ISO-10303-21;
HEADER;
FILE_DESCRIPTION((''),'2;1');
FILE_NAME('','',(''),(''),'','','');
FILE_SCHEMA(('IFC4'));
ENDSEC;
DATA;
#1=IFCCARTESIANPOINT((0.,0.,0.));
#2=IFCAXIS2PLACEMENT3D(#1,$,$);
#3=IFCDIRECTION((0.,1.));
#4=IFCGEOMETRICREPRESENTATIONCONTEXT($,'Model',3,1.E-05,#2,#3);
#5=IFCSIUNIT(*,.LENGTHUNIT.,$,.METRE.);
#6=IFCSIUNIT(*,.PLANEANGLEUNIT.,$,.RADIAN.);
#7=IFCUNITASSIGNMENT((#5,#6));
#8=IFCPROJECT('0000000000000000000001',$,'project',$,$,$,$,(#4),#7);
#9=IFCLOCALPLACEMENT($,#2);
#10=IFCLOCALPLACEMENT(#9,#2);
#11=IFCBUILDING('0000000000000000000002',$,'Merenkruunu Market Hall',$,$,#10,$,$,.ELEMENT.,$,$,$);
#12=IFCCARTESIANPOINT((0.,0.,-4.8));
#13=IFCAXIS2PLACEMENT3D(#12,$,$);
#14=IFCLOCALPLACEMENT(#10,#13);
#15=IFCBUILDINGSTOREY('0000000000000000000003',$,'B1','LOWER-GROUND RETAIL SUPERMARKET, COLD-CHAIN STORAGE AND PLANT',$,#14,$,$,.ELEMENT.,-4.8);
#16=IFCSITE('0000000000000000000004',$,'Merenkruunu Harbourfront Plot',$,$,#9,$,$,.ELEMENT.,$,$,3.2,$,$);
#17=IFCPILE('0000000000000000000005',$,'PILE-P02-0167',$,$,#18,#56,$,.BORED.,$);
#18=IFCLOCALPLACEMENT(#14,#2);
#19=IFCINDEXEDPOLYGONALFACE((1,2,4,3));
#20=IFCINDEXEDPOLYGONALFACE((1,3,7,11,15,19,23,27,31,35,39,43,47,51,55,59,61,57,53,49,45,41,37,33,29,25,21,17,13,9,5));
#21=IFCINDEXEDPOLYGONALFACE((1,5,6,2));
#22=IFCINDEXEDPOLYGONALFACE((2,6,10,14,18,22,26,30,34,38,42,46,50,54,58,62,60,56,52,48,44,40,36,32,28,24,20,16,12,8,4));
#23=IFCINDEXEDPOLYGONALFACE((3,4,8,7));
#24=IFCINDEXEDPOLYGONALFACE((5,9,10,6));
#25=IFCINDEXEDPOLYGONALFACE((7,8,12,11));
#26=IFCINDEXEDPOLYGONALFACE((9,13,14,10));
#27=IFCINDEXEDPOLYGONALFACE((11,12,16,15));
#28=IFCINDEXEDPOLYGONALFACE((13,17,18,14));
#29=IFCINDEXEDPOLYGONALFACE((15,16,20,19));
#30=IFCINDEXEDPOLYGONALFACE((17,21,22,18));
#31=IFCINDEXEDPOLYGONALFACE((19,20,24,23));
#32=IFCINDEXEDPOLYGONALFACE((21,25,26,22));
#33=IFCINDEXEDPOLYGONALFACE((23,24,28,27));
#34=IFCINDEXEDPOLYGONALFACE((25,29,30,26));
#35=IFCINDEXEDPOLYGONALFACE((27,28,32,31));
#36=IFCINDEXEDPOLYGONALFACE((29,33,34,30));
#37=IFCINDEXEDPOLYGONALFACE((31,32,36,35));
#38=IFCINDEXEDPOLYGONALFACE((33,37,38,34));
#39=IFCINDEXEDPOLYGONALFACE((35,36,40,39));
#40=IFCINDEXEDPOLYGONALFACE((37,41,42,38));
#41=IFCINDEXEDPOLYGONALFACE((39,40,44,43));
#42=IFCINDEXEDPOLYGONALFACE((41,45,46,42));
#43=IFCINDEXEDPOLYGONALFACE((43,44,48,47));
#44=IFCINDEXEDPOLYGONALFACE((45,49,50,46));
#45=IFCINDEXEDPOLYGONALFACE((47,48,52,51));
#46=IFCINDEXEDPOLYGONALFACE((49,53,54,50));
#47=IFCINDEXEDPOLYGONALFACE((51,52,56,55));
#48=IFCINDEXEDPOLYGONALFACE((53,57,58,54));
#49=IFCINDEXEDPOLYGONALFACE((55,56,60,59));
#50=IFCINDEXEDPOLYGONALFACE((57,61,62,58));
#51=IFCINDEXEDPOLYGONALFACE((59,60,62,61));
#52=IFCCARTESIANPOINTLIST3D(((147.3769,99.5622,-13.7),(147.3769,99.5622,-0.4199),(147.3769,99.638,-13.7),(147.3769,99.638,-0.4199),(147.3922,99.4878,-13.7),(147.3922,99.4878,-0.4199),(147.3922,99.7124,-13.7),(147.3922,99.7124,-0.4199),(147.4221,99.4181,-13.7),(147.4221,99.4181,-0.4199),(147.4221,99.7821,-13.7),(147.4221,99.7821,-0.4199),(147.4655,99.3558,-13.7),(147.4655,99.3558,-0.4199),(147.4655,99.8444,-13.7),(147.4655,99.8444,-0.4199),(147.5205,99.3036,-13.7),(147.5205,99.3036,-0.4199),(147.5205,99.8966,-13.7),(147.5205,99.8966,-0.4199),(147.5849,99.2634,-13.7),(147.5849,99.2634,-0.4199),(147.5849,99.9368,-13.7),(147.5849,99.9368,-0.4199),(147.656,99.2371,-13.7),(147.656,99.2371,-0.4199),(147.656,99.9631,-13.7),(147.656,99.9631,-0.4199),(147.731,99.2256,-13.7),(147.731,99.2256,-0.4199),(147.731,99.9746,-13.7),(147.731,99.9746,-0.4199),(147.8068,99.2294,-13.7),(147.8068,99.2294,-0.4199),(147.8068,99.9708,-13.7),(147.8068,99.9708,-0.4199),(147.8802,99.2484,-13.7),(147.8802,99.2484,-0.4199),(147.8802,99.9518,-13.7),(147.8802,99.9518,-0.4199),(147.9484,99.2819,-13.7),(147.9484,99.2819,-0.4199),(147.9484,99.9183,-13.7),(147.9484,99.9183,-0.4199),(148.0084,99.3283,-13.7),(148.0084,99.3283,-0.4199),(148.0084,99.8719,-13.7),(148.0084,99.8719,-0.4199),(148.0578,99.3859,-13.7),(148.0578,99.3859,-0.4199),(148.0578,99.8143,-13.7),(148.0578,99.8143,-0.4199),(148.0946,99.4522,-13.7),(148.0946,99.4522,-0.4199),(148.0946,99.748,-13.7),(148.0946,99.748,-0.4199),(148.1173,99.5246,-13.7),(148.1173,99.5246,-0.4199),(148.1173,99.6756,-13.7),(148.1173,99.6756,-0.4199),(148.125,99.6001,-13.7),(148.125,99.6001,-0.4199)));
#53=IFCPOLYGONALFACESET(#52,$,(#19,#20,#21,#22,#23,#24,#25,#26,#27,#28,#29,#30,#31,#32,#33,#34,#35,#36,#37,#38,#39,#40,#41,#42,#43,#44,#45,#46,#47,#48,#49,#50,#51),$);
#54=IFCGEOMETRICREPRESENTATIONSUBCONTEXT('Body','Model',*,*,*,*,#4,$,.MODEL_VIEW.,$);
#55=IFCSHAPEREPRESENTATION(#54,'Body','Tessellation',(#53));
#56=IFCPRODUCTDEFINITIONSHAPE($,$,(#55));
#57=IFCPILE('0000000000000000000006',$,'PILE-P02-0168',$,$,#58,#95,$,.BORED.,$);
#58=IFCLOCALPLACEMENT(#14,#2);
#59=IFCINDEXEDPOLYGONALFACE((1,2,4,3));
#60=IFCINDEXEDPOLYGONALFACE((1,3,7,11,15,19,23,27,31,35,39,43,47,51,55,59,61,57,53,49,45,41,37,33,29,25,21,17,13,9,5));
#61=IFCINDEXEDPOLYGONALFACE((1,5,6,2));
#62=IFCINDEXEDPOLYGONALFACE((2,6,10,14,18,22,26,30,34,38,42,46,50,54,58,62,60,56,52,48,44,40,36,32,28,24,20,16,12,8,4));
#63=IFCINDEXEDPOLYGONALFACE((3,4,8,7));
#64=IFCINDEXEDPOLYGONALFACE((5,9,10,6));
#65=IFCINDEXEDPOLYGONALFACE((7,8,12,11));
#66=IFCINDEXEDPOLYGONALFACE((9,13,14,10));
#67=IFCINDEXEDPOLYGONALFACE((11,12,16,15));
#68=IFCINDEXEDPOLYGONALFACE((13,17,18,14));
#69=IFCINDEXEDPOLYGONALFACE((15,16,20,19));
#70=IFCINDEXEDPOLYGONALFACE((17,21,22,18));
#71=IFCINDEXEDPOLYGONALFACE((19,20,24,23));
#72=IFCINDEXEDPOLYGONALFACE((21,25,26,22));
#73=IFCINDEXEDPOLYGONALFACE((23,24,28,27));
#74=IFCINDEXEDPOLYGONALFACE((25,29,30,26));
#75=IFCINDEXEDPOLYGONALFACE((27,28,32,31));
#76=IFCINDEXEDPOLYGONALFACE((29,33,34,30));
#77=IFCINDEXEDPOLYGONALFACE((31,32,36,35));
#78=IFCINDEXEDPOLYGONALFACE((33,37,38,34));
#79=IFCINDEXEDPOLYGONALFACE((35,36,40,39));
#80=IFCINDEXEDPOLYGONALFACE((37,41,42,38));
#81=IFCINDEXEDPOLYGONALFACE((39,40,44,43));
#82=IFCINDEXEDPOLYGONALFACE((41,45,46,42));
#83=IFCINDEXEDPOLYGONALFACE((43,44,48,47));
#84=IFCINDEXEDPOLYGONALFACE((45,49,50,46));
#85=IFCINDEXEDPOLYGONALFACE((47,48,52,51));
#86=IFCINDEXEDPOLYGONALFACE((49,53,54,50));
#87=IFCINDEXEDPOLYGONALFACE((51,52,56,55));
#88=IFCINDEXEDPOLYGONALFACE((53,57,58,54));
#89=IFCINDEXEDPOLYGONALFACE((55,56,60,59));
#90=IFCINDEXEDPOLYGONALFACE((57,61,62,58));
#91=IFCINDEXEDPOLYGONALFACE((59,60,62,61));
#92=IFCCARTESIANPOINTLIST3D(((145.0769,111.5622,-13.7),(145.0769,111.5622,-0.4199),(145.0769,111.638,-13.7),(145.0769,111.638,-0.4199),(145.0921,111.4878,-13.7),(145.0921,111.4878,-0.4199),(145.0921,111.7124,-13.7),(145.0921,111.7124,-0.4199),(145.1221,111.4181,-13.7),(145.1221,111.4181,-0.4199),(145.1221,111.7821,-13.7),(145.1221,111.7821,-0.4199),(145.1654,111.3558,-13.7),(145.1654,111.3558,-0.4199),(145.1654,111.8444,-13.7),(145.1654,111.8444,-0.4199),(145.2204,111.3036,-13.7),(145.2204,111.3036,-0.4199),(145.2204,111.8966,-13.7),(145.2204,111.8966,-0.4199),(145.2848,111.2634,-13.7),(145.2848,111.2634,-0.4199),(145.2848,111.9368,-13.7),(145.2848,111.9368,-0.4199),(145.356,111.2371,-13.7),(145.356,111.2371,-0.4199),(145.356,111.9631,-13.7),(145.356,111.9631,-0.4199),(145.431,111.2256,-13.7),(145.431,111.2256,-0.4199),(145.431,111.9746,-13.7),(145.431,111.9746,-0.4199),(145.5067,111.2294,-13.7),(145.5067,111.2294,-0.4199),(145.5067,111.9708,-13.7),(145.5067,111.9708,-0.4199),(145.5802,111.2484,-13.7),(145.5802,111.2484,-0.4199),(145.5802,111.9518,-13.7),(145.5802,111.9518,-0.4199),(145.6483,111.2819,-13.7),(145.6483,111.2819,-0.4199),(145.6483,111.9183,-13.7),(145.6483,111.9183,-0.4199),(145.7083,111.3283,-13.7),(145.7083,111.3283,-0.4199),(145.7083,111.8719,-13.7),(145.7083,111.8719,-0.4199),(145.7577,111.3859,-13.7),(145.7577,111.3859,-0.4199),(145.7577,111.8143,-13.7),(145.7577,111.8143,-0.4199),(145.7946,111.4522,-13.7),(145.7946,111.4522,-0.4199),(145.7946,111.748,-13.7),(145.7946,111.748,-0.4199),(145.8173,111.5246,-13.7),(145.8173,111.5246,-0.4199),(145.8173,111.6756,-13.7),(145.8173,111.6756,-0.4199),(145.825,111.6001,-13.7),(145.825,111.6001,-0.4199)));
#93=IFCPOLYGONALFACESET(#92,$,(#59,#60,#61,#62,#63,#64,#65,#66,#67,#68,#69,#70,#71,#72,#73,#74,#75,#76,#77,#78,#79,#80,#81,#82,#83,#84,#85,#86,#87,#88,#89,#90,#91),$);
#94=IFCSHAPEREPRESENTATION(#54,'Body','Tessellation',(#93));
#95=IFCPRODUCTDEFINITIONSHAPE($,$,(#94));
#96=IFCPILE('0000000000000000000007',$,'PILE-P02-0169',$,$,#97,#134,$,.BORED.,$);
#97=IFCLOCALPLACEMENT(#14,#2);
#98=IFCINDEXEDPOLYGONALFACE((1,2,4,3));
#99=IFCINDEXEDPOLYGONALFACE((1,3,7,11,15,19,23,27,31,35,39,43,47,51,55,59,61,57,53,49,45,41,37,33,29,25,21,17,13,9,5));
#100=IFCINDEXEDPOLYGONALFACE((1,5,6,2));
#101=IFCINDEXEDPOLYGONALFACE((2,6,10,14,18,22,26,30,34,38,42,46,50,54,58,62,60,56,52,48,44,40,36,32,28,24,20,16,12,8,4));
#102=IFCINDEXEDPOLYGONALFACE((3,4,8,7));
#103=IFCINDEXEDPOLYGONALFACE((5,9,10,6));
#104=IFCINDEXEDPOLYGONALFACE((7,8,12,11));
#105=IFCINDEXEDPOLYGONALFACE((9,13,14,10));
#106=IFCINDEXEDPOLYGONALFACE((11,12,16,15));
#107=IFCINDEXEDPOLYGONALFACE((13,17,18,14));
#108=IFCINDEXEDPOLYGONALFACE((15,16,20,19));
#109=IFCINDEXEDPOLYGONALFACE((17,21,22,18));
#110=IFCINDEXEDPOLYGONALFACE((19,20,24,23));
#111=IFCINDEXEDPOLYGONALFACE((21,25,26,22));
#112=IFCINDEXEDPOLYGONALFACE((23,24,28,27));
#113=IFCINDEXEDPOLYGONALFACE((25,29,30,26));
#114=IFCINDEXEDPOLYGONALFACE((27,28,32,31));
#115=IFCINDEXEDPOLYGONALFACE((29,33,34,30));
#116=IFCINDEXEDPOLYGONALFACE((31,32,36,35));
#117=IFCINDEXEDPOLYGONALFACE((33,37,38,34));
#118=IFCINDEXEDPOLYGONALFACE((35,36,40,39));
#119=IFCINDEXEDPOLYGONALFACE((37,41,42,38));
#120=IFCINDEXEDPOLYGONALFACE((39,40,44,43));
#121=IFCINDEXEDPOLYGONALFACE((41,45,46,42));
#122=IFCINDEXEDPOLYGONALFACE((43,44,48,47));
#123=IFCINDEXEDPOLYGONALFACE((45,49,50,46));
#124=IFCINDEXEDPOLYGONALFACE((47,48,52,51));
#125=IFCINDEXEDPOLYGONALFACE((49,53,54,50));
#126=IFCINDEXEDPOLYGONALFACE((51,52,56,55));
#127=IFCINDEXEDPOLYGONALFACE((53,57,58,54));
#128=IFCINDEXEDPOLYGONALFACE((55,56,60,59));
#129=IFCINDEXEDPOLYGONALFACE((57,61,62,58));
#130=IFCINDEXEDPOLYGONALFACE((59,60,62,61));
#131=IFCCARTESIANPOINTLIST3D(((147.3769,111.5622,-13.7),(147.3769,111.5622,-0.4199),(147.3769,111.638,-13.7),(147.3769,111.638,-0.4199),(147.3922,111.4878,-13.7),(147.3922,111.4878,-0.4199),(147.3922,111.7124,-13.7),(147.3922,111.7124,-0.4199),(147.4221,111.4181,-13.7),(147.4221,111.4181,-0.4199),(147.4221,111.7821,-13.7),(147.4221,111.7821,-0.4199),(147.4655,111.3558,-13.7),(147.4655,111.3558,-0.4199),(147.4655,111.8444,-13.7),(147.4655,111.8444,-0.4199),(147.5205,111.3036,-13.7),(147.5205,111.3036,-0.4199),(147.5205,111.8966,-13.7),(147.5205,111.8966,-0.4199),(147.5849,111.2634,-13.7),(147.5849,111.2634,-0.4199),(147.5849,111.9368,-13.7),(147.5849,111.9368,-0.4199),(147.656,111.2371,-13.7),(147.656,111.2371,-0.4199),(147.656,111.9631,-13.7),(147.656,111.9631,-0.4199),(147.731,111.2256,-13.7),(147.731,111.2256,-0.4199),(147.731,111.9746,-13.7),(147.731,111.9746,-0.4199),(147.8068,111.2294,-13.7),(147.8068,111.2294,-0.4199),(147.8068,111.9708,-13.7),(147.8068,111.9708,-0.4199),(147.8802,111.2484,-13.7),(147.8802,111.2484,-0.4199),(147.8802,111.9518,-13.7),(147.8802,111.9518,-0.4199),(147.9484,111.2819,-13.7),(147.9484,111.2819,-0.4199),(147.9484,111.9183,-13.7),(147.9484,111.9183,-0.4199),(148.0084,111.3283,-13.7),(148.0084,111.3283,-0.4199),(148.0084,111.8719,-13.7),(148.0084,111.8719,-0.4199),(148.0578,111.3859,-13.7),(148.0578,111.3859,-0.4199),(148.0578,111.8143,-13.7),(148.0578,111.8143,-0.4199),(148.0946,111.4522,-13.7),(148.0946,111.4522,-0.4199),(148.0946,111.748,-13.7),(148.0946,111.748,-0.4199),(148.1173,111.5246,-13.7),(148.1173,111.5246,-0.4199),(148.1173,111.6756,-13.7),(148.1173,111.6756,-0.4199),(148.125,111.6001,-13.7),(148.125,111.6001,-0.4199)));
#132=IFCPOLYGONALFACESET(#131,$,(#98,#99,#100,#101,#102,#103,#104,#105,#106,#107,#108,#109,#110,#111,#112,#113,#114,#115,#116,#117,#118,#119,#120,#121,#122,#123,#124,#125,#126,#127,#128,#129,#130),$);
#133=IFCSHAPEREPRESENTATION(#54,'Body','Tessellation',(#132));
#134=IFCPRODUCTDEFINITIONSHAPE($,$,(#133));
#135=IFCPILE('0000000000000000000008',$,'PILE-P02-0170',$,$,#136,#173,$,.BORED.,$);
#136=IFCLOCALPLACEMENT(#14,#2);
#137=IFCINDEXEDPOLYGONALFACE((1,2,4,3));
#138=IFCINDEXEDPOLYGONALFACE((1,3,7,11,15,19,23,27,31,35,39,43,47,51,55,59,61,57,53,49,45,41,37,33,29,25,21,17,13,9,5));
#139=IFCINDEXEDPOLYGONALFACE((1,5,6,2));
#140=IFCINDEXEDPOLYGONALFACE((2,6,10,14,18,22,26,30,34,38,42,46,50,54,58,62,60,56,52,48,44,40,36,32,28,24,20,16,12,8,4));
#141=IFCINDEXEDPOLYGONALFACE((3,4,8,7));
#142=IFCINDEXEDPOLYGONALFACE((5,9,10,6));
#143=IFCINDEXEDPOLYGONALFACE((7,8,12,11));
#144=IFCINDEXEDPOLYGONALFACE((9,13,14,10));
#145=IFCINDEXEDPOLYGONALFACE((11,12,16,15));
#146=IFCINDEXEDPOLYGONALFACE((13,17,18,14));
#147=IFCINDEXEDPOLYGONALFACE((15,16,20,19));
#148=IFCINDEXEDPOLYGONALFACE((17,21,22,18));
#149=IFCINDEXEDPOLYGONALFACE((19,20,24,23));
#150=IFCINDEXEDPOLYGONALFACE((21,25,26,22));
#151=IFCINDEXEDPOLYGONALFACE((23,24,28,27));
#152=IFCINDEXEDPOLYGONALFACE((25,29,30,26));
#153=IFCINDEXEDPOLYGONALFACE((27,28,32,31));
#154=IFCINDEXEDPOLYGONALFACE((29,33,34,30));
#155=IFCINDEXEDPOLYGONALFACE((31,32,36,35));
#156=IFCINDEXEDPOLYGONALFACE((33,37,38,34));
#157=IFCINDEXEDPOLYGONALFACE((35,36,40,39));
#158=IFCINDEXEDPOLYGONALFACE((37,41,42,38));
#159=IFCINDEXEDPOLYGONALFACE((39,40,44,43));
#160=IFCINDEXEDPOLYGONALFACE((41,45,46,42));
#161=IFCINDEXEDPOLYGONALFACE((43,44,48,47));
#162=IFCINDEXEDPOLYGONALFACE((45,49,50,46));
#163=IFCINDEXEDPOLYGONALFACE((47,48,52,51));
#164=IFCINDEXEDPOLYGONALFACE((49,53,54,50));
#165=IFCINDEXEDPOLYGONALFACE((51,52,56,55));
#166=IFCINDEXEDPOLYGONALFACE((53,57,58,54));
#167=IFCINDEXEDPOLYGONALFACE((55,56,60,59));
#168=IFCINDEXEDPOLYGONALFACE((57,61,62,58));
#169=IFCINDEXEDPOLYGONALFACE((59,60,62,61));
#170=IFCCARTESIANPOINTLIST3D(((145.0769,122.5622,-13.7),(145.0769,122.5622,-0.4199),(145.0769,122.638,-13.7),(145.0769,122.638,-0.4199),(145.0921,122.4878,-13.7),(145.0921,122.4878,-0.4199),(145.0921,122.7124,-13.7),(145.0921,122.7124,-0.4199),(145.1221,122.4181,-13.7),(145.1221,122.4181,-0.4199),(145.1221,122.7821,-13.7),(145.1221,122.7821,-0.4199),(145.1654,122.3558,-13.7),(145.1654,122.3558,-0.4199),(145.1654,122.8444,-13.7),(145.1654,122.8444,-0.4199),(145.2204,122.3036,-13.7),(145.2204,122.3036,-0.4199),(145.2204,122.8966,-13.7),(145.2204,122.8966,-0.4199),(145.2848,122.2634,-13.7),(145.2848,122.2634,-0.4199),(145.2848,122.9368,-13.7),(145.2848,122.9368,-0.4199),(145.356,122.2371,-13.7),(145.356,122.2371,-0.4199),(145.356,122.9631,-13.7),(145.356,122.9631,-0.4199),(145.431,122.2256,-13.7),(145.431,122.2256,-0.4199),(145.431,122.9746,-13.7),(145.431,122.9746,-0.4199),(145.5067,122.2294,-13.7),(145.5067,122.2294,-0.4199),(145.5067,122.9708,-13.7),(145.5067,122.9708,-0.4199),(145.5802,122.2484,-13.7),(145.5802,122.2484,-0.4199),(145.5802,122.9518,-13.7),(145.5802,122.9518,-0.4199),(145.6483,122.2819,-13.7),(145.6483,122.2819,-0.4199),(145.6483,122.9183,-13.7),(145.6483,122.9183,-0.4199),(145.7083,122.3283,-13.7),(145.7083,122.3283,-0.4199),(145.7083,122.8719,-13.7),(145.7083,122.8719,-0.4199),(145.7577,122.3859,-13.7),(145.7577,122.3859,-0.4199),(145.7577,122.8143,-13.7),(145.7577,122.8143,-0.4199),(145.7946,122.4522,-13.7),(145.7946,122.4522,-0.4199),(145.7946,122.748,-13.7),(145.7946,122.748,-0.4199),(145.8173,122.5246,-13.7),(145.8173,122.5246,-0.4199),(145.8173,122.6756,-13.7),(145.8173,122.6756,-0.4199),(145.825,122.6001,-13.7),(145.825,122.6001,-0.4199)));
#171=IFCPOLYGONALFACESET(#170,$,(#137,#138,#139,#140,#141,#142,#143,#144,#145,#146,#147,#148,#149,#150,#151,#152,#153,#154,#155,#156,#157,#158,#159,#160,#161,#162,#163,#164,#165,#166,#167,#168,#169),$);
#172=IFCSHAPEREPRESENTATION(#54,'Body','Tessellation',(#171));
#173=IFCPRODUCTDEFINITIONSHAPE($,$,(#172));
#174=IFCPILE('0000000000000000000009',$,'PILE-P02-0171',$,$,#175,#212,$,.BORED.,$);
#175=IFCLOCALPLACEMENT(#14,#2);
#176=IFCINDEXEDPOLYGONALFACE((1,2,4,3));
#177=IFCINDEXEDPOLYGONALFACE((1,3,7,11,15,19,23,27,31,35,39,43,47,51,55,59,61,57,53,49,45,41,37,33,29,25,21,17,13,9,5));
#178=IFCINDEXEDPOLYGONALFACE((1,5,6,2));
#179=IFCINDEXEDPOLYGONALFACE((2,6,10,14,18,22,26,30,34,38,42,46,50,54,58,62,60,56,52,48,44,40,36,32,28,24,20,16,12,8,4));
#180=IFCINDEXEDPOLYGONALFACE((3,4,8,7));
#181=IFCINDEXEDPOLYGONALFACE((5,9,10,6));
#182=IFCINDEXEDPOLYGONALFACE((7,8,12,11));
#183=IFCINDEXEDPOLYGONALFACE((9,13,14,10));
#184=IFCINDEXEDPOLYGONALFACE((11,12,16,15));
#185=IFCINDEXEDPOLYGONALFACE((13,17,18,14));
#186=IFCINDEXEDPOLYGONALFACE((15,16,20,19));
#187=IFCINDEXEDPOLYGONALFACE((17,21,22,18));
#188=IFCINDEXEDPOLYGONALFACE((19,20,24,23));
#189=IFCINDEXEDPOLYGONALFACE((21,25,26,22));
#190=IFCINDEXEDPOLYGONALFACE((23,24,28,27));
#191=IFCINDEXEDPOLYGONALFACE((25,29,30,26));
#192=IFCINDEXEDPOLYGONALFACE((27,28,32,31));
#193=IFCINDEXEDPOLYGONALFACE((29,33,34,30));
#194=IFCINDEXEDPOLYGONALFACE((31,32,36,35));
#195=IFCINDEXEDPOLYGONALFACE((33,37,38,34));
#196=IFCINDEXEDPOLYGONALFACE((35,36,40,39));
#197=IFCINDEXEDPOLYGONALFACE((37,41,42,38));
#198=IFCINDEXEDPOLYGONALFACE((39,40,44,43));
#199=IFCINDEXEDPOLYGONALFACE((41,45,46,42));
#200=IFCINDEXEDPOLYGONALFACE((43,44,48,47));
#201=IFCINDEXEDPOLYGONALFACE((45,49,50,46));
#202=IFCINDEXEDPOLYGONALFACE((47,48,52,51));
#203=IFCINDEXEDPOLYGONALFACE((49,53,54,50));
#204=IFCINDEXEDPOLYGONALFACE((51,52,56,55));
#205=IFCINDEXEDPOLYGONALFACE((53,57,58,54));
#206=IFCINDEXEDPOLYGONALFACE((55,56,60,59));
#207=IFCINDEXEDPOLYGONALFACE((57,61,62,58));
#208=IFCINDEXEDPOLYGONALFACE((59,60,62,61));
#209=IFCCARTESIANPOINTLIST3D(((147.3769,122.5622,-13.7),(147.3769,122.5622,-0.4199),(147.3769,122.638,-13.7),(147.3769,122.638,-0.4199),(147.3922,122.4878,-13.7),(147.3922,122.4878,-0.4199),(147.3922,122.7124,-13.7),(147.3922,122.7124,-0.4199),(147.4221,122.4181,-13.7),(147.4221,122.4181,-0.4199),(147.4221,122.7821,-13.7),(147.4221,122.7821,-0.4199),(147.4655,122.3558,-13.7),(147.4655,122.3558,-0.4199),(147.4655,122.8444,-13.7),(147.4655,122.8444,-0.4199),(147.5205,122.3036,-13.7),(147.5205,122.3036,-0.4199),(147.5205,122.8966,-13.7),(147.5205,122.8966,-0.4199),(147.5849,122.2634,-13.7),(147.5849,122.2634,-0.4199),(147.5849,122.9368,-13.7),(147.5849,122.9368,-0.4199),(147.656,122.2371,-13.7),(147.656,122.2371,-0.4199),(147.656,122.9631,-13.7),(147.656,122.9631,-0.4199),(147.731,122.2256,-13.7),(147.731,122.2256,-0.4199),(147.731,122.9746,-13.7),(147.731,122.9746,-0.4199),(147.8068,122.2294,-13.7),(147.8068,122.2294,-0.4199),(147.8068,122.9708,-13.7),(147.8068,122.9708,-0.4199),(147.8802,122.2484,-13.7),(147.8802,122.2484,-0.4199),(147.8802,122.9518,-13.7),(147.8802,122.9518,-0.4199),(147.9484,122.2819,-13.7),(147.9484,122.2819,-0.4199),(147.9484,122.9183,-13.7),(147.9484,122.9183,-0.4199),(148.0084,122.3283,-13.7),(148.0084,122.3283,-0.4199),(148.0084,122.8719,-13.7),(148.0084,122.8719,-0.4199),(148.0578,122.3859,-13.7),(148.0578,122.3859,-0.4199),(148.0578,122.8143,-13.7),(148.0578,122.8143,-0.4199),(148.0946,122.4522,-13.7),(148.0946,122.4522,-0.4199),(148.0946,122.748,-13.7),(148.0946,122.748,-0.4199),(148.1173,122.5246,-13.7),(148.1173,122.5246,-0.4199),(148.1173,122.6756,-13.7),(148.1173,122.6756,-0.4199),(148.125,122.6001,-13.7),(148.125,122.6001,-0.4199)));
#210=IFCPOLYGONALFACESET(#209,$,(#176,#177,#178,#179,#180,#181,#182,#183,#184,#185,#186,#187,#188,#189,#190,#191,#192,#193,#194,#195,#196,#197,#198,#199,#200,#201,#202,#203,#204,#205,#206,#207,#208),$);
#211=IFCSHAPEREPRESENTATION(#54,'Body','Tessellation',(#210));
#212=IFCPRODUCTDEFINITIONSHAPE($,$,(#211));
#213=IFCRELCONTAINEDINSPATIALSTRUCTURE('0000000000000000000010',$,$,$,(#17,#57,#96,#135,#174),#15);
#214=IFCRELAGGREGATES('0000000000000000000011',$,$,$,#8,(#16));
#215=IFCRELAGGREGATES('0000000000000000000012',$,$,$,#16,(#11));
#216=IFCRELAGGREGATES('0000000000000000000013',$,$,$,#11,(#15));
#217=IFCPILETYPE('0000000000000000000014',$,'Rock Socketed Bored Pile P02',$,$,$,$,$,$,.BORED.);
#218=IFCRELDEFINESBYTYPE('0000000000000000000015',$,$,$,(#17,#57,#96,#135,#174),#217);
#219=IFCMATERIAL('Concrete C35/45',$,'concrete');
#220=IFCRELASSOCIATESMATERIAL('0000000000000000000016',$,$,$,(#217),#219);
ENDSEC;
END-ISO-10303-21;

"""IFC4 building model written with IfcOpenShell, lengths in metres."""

from ifc_helpers import new_model, si_unit, direction, frame, origin, origin_2d, place, context, subcontext, project, spatial, circle, extrude, material, material_profile, profile_set, type_object, element, save


model = new_model("IFC4")

# Units and contexts
model_context = context("Model", 3, precision=1e-05, world=origin(), true_north=direction((0.0, 1.0)))
body_context = subcontext(model_context, "Body", "Model", "MODEL_VIEW")
ifc_project = project(units=[si_unit("LENGTHUNIT", "METRE"), si_unit("PLANEANGLEUNIT", "RADIAN")], contexts=[model_context])

# Site, building, storey
site_placement = place(None, origin())
site = spatial("IfcSite", under=ifc_project, at=site_placement, Name="Merenkruunu Harbourfront Plot", CompositionType="ELEMENT", RefElevation=3.2)
building_placement = place(site_placement, origin())
building = spatial("IfcBuilding", under=site, at=building_placement, Name="Merenkruunu Market Hall", CompositionType="ELEMENT")
storey_placement = place(building_placement, frame((0.0, 0.0, -4.8)))
storey = spatial("IfcBuildingStorey", under=building, at=storey_placement, Name="B1", Description="LOWER-GROUND RETAIL SUPERMARKET, COLD-CHAIN STORAGE AND PLANT", CompositionType="ELEMENT", Elevation=-4.8)

# Piles
ifc_material_1 = material(Name="Concrete C35/45", Category="concrete")
ifc_material_profile_1 = material_profile(ifc_material_1, circle(Radius=0.375, at=origin_2d()), Name="BORED PILE 750")
ifc_profile_set_1 = profile_set([ifc_material_profile_1], Name="Concrete C35/45")
pile_type = type_object("IfcPileType", Name="Rock Socketed Bored Pile P02", PredefinedType="BORED", material=ifc_profile_set_1)
for number, where, z_axis, x_axis, name in (
    (1, (147.75, 99.6001, -0.4199), (0.0, 0.0, -1.0), (1.0, 0.0, 0.0), "PILE-P02-0167"),
    (2, (145.45, 111.6001, -0.4199), (0.0, 0.0, -1.0), (1.0, 0.0, 0.0), "PILE-P02-0168"),
    (3, (147.75, 111.6001, -0.4199), (0.0, 0.0, -1.0), (1.0, 0.0, 0.0), "PILE-P02-0169"),
    (4, (145.45, 122.6001, -0.4199), (0.0, 0.0, -1.0), (1.0, 0.0, 0.0), "PILE-P02-0170"),
    (5, (147.75, 122.6001, -0.4199), (0.0, 0.0, -1.0), (1.0, 0.0, 0.0), "PILE-P02-0171"),
):
    element("IfcPile", number, at=place(storey_placement, frame(where, z_axis=z_axis, x_axis=x_axis)), inside=storey, type_object=pile_type, Name=name, PredefinedType="BORED", context=body_context, shape_type="SweptSolid", body=[
        extrude(circle(Radius=0.375, at=origin_2d()), origin(), (0.0, 0.0, 1.0), 13.28),
    ])

save(model, "model.ifc")
